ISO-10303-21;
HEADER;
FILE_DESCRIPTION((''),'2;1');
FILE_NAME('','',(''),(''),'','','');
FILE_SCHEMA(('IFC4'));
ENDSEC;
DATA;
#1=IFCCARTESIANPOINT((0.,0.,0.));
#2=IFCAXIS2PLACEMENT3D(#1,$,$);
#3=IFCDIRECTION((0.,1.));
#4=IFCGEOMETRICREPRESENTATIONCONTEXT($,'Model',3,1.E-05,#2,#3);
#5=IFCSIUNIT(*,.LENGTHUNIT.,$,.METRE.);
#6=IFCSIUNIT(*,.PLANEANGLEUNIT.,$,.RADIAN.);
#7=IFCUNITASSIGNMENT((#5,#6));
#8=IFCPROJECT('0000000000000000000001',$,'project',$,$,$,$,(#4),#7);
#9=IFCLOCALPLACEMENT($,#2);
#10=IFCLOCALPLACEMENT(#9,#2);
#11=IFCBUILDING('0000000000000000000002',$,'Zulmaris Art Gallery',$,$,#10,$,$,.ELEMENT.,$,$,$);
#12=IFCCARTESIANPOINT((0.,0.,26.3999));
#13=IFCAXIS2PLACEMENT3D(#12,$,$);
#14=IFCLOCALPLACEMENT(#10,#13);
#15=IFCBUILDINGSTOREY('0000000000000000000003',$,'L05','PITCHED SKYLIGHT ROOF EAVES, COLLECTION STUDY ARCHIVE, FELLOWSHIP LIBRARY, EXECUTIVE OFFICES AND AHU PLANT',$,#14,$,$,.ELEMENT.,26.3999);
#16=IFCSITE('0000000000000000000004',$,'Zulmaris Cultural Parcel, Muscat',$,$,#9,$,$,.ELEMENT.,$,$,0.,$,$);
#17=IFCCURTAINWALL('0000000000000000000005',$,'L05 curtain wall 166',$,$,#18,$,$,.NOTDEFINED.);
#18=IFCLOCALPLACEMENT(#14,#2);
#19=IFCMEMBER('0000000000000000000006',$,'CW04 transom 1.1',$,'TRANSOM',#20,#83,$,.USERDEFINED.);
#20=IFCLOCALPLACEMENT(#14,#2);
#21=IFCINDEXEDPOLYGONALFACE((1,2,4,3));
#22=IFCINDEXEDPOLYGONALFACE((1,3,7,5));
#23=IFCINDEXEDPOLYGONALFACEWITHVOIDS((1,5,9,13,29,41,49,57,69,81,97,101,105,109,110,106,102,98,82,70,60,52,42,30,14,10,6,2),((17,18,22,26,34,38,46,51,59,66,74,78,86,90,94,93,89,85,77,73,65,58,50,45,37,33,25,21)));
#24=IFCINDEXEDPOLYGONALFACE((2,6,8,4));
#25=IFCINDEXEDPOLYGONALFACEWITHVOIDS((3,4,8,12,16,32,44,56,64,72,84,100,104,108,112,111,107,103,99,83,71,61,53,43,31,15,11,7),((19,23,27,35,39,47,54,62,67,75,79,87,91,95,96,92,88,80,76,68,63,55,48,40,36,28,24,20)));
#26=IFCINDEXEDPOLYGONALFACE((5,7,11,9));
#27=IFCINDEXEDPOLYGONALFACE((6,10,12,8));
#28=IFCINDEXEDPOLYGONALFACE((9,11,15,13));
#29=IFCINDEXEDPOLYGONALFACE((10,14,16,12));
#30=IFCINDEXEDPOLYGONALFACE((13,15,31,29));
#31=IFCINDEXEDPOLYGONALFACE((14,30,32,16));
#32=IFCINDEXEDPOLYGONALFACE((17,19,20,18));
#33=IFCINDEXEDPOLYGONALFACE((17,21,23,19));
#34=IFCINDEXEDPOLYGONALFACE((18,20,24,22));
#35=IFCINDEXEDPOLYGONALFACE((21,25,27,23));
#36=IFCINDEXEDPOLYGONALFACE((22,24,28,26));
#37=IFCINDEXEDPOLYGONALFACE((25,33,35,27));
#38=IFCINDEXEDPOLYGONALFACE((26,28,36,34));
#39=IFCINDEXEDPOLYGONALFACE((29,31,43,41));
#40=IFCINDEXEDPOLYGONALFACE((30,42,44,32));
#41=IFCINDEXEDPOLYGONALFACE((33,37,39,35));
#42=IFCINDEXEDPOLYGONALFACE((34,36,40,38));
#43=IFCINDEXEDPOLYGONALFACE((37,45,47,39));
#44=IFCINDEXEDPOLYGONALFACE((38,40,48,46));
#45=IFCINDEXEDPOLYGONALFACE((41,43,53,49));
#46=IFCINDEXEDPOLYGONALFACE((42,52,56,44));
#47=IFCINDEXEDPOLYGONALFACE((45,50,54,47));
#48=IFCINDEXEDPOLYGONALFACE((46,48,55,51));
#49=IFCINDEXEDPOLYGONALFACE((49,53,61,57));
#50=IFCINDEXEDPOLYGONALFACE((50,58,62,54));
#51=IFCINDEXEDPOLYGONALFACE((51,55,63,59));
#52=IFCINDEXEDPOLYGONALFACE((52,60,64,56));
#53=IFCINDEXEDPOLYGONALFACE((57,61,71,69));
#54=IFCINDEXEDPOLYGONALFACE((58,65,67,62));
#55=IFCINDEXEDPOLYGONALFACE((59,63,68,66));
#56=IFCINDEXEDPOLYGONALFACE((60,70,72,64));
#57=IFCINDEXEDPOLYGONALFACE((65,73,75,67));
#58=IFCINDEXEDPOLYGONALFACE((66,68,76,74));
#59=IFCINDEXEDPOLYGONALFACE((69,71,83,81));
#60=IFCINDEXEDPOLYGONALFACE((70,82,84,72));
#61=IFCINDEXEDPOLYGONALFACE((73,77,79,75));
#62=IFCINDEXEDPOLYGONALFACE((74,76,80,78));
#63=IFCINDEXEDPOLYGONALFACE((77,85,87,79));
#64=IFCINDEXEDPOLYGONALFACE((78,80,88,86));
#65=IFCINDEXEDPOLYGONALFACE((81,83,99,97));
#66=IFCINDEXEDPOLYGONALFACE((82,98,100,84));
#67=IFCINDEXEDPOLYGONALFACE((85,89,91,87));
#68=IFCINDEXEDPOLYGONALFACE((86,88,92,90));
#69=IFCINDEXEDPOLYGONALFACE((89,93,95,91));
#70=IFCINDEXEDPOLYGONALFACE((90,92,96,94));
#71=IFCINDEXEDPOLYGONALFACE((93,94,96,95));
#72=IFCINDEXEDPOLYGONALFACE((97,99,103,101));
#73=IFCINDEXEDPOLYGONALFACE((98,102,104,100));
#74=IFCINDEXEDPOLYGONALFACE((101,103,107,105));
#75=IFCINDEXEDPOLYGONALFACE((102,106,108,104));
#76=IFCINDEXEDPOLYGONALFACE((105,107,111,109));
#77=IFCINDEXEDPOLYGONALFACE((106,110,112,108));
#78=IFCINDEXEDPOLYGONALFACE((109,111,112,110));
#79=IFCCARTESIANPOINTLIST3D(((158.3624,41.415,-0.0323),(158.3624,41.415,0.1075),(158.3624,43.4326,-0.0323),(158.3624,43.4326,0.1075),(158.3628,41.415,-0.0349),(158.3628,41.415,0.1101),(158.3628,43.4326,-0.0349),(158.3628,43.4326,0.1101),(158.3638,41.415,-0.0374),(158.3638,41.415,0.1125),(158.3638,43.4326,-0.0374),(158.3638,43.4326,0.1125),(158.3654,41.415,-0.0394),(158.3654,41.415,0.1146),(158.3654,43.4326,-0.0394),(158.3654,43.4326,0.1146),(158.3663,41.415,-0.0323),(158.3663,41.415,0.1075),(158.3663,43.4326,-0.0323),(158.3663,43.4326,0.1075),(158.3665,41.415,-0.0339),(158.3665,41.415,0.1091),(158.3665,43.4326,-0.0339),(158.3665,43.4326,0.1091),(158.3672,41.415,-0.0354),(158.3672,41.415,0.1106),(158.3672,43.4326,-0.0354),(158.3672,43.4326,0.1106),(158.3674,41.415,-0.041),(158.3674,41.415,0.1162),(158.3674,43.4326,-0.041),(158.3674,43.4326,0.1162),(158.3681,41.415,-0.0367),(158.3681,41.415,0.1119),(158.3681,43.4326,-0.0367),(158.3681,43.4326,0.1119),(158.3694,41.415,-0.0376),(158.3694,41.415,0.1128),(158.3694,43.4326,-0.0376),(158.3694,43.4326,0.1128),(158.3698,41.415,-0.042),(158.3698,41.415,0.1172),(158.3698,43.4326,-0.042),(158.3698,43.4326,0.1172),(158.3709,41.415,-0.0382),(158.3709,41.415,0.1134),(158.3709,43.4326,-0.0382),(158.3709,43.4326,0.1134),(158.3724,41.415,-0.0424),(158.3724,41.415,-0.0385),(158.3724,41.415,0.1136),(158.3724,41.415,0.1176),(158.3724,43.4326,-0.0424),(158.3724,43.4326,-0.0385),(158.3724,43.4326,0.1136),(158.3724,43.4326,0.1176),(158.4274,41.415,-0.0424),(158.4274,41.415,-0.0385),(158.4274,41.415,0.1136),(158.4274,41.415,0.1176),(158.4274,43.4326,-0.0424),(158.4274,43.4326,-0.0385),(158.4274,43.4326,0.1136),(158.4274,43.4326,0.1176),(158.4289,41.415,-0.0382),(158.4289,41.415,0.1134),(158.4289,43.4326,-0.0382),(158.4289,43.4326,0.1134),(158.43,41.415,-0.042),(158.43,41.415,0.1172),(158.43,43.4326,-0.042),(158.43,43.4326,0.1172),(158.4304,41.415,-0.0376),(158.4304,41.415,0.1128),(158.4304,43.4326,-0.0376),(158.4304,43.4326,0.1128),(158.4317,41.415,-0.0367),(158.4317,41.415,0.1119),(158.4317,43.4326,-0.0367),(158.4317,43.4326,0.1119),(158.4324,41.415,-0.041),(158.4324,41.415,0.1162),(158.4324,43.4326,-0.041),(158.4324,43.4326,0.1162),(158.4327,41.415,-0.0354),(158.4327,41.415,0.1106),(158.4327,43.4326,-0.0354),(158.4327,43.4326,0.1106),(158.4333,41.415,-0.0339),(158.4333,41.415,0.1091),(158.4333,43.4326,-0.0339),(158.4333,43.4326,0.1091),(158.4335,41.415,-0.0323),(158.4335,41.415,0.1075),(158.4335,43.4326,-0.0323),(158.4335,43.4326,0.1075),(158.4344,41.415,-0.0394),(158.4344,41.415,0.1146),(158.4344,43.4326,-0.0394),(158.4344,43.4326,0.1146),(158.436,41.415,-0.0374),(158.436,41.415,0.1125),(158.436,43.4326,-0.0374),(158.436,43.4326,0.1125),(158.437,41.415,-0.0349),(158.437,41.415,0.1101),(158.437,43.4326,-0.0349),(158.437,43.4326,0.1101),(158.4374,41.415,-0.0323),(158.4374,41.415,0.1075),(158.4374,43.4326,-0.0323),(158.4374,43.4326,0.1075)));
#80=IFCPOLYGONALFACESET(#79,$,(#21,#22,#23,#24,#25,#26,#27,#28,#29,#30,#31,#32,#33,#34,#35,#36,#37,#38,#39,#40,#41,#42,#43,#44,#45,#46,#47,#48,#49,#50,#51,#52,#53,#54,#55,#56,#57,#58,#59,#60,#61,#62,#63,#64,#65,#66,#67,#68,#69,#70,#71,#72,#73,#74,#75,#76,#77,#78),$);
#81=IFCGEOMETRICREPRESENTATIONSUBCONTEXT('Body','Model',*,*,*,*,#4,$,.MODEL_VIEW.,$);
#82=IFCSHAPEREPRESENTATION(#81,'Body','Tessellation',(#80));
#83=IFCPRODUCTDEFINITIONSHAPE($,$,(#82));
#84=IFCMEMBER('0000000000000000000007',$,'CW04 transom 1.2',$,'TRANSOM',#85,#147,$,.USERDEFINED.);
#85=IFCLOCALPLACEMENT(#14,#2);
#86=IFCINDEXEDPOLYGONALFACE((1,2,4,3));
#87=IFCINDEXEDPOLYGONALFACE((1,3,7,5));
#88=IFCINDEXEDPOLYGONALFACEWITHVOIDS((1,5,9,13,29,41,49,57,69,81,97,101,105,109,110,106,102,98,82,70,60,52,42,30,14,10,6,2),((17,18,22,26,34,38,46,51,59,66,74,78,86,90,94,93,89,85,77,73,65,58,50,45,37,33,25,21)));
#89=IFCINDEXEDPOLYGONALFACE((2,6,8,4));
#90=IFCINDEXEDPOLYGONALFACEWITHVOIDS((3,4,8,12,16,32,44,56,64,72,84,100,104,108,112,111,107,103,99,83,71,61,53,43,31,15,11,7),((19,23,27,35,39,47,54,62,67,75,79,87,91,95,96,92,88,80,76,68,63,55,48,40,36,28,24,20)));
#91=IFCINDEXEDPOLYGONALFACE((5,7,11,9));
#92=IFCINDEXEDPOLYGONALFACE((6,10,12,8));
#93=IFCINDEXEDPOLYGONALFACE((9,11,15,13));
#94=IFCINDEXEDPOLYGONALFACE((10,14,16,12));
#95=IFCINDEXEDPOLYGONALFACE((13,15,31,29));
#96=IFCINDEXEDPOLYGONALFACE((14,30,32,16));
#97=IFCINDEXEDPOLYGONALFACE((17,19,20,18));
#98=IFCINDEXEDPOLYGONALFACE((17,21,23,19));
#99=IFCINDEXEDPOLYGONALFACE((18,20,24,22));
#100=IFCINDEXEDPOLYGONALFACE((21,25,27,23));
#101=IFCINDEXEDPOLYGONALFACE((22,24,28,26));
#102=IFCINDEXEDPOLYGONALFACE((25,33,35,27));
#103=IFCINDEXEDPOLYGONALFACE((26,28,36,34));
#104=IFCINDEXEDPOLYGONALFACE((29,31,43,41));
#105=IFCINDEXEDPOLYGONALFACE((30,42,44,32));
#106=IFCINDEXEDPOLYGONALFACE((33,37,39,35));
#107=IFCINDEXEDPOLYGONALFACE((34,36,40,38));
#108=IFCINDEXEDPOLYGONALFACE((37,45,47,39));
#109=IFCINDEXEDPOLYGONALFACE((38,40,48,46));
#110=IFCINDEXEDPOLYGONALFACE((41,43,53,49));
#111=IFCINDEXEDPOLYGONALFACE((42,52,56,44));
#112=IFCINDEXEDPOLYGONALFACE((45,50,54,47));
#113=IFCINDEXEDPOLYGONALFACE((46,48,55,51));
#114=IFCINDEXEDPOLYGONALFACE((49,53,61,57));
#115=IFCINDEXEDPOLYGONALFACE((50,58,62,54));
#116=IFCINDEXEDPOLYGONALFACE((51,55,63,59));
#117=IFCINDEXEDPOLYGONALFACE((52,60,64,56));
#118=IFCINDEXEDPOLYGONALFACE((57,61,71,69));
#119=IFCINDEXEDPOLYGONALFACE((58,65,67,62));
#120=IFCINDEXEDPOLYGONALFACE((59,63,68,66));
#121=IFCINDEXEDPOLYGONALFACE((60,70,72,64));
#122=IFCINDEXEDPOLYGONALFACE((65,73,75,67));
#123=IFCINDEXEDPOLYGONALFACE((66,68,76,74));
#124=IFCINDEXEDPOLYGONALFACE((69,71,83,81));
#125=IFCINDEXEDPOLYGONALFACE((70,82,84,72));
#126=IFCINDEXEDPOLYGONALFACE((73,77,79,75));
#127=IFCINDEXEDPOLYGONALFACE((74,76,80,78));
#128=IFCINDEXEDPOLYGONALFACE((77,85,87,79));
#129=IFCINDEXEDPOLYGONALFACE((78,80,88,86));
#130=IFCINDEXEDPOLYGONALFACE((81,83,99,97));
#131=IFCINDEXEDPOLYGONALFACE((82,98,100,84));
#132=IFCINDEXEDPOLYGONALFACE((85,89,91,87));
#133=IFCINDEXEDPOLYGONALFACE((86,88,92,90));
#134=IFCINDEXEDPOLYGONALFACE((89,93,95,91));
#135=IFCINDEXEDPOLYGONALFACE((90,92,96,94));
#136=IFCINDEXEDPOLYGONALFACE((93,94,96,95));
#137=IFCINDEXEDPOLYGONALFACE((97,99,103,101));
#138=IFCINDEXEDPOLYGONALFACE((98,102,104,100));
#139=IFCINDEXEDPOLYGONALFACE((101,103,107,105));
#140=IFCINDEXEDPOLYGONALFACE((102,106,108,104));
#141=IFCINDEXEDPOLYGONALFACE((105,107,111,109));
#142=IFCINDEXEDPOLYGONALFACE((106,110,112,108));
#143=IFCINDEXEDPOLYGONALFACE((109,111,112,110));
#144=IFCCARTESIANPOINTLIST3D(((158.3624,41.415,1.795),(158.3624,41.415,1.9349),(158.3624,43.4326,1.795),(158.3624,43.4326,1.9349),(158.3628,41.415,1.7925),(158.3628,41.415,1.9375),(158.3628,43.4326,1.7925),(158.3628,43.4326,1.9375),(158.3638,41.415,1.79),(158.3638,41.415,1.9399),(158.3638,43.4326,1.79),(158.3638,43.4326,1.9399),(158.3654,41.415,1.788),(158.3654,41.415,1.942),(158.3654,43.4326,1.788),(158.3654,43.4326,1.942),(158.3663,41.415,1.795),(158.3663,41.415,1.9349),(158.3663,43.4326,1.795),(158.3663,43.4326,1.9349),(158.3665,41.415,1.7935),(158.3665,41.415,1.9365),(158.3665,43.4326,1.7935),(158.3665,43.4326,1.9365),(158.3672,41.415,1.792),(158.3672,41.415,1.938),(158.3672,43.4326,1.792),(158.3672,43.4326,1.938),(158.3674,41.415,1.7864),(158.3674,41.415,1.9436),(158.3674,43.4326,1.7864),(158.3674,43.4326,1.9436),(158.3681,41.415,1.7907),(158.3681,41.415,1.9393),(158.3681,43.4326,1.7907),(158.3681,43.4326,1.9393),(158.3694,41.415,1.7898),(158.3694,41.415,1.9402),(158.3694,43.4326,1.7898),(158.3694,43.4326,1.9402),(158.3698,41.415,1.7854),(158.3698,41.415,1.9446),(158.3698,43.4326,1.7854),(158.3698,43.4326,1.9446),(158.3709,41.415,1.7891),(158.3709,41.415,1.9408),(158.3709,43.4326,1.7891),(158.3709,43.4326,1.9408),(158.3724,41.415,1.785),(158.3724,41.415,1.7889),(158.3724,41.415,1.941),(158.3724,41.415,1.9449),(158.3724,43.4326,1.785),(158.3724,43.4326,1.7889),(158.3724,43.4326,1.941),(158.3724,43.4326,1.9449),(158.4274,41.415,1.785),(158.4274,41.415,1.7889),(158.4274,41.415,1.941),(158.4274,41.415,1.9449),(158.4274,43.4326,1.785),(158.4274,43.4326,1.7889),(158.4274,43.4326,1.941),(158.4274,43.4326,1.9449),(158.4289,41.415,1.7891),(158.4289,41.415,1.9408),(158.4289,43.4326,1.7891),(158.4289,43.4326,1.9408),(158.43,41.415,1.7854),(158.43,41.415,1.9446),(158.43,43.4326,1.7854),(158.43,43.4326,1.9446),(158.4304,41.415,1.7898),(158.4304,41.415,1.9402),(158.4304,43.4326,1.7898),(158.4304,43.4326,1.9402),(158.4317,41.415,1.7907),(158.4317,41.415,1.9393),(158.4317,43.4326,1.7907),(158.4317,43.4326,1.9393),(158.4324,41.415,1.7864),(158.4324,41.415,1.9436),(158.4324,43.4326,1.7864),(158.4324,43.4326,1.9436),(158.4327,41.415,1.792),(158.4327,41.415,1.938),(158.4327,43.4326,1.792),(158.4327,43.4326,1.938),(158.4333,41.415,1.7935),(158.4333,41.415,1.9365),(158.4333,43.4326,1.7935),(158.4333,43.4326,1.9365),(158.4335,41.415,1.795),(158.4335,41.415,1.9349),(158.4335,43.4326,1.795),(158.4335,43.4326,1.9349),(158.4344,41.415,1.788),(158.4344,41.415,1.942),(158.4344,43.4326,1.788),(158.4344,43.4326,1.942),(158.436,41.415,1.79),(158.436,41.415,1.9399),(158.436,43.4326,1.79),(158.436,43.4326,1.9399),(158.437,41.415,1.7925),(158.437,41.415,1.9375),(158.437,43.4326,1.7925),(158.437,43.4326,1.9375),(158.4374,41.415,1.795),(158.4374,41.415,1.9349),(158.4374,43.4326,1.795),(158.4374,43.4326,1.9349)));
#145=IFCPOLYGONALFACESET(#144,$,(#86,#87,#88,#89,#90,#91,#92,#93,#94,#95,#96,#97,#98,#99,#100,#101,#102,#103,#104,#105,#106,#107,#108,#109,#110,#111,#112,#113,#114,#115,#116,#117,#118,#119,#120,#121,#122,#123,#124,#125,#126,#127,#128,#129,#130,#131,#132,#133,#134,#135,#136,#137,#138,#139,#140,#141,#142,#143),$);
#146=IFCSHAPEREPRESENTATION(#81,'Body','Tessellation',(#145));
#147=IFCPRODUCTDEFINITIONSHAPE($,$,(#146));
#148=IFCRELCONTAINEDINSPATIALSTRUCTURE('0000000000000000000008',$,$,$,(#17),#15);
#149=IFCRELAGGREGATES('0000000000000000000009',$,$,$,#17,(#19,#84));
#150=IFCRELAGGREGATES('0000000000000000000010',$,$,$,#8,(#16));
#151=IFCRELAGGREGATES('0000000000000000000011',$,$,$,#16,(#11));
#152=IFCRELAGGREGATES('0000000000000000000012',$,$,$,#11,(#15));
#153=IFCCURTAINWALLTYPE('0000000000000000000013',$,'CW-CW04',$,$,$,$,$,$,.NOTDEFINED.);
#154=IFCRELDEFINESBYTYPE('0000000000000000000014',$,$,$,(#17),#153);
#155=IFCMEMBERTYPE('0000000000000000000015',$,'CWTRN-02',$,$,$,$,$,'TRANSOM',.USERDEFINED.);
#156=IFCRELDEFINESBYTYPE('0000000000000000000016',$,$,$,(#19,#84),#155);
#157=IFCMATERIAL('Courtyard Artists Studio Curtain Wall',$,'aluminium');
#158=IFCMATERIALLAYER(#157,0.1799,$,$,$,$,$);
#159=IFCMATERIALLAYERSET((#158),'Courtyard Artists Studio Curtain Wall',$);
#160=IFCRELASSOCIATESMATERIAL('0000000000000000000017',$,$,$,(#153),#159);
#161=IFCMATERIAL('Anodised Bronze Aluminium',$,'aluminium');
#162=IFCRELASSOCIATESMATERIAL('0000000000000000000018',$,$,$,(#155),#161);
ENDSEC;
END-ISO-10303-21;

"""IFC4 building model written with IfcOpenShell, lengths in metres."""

from ifc_helpers import new_model, si_unit, direction, frame, origin, origin_2d, place, context, subcontext, project, spatial, hollow_rectangle, extrude, material, layer, layer_set, material_profile, profile_set, type_object, element, aggregate, save


model = new_model("IFC4")

# Units and contexts
model_context = context("Model", 3, precision=1e-05, world=origin(), true_north=direction((0.0, 1.0)))
body_context = subcontext(model_context, "Body", "Model", "MODEL_VIEW")
ifc_project = project(units=[si_unit("LENGTHUNIT", "METRE"), si_unit("PLANEANGLEUNIT", "RADIAN")], contexts=[model_context])

# Site, building, storey
site_placement = place(None, origin())
site = spatial("IfcSite", under=ifc_project, at=site_placement, Name="Zulmaris Cultural Parcel, Muscat", CompositionType="ELEMENT", RefElevation=0.0)
building_placement = place(site_placement, origin())
building = spatial("IfcBuilding", under=site, at=building_placement, Name="Zulmaris Art Gallery", CompositionType="ELEMENT")
storey_placement = place(building_placement, frame((0.0, 0.0, 26.3999)))
storey = spatial("IfcBuildingStorey", under=building, at=storey_placement, Name="L05", Description="PITCHED SKYLIGHT ROOF EAVES, COLLECTION STUDY ARCHIVE, FELLOWSHIP LIBRARY, EXECUTIVE OFFICES AND AHU PLANT", CompositionType="ELEMENT", Elevation=26.3999)

# Shared definitions
ifc_material_1 = material(Name="Courtyard Artists Studio Curtain Wall", Category="aluminium")
ifc_layer_1 = layer(ifc_material_1, 0.1799)
ifc_layer_set_1 = layer_set([ifc_layer_1], Name="Courtyard Artists Studio Curtain Wall")
curtain_wall_type = type_object("IfcCurtainWallType", Name="CW-CW04", PredefinedType="NOTDEFINED", material=ifc_layer_set_1)
ifc_material_2 = material(Name="Anodised Bronze Aluminium", Category="aluminium")

# Curtain wall
curtain_wall_1_placement = place(storey_placement, origin())
curtain_wall_1 = element("IfcCurtainWall", 1, at=curtain_wall_1_placement, inside=storey, type_object=curtain_wall_type, Name="L05 curtain wall 166", PredefinedType="NOTDEFINED")

# Members
ifc_material_profile_1 = material_profile(ifc_material_2, hollow_rectangle(XDim=0.075, YDim=0.1599, WallThickness=0.0039, InnerFilletRadius=0.0061, OuterFilletRadius=0.01, at=origin_2d()), Name="ALU 75x160x4")
ifc_profile_set_1 = profile_set([ifc_material_profile_1], Name="Anodised Bronze Aluminium")
member_type_1 = type_object("IfcMemberType", Name="CWTRN-02", ElementType="TRANSOM", PredefinedType="USERDEFINED", material=ifc_profile_set_1)
member_1_placement = place(storey_placement, frame((158.3999, 41.415, 0.0376), z_axis=(0.0, 1.0, 0.0), x_axis=(-1.0, 0.0, 0.0)))
member_1 = element("IfcMember", 2, at=member_1_placement, type_object=member_type_1, Name="CW04 transom 1.1", ObjectType="TRANSOM", PredefinedType="USERDEFINED", context=body_context, shape_type="SweptSolid", body=[
    extrude(hollow_rectangle(XDim=0.075, YDim=0.1599, WallThickness=0.0039, InnerFilletRadius=0.0061, OuterFilletRadius=0.01, at=origin_2d()), origin(), (0.0, 0.0, 1.0), 2.0176),
])
member_2_placement = place(storey_placement, frame((158.3999, 41.415, 1.865), z_axis=(0.0, 1.0, 0.0), x_axis=(-1.0, 0.0, 0.0)))
member_2 = element("IfcMember", 3, at=member_2_placement, type_object=member_type_1, Name="CW04 transom 1.2", ObjectType="TRANSOM", PredefinedType="USERDEFINED", context=body_context, shape_type="SweptSolid", body=[
    extrude(hollow_rectangle(XDim=0.075, YDim=0.1599, WallThickness=0.0039, InnerFilletRadius=0.0061, OuterFilletRadius=0.01, at=origin_2d()), origin(), (0.0, 0.0, 1.0), 2.0176),
])

aggregate(curtain_wall_1, [member_1, member_2])

save(model, "model.ifc")
